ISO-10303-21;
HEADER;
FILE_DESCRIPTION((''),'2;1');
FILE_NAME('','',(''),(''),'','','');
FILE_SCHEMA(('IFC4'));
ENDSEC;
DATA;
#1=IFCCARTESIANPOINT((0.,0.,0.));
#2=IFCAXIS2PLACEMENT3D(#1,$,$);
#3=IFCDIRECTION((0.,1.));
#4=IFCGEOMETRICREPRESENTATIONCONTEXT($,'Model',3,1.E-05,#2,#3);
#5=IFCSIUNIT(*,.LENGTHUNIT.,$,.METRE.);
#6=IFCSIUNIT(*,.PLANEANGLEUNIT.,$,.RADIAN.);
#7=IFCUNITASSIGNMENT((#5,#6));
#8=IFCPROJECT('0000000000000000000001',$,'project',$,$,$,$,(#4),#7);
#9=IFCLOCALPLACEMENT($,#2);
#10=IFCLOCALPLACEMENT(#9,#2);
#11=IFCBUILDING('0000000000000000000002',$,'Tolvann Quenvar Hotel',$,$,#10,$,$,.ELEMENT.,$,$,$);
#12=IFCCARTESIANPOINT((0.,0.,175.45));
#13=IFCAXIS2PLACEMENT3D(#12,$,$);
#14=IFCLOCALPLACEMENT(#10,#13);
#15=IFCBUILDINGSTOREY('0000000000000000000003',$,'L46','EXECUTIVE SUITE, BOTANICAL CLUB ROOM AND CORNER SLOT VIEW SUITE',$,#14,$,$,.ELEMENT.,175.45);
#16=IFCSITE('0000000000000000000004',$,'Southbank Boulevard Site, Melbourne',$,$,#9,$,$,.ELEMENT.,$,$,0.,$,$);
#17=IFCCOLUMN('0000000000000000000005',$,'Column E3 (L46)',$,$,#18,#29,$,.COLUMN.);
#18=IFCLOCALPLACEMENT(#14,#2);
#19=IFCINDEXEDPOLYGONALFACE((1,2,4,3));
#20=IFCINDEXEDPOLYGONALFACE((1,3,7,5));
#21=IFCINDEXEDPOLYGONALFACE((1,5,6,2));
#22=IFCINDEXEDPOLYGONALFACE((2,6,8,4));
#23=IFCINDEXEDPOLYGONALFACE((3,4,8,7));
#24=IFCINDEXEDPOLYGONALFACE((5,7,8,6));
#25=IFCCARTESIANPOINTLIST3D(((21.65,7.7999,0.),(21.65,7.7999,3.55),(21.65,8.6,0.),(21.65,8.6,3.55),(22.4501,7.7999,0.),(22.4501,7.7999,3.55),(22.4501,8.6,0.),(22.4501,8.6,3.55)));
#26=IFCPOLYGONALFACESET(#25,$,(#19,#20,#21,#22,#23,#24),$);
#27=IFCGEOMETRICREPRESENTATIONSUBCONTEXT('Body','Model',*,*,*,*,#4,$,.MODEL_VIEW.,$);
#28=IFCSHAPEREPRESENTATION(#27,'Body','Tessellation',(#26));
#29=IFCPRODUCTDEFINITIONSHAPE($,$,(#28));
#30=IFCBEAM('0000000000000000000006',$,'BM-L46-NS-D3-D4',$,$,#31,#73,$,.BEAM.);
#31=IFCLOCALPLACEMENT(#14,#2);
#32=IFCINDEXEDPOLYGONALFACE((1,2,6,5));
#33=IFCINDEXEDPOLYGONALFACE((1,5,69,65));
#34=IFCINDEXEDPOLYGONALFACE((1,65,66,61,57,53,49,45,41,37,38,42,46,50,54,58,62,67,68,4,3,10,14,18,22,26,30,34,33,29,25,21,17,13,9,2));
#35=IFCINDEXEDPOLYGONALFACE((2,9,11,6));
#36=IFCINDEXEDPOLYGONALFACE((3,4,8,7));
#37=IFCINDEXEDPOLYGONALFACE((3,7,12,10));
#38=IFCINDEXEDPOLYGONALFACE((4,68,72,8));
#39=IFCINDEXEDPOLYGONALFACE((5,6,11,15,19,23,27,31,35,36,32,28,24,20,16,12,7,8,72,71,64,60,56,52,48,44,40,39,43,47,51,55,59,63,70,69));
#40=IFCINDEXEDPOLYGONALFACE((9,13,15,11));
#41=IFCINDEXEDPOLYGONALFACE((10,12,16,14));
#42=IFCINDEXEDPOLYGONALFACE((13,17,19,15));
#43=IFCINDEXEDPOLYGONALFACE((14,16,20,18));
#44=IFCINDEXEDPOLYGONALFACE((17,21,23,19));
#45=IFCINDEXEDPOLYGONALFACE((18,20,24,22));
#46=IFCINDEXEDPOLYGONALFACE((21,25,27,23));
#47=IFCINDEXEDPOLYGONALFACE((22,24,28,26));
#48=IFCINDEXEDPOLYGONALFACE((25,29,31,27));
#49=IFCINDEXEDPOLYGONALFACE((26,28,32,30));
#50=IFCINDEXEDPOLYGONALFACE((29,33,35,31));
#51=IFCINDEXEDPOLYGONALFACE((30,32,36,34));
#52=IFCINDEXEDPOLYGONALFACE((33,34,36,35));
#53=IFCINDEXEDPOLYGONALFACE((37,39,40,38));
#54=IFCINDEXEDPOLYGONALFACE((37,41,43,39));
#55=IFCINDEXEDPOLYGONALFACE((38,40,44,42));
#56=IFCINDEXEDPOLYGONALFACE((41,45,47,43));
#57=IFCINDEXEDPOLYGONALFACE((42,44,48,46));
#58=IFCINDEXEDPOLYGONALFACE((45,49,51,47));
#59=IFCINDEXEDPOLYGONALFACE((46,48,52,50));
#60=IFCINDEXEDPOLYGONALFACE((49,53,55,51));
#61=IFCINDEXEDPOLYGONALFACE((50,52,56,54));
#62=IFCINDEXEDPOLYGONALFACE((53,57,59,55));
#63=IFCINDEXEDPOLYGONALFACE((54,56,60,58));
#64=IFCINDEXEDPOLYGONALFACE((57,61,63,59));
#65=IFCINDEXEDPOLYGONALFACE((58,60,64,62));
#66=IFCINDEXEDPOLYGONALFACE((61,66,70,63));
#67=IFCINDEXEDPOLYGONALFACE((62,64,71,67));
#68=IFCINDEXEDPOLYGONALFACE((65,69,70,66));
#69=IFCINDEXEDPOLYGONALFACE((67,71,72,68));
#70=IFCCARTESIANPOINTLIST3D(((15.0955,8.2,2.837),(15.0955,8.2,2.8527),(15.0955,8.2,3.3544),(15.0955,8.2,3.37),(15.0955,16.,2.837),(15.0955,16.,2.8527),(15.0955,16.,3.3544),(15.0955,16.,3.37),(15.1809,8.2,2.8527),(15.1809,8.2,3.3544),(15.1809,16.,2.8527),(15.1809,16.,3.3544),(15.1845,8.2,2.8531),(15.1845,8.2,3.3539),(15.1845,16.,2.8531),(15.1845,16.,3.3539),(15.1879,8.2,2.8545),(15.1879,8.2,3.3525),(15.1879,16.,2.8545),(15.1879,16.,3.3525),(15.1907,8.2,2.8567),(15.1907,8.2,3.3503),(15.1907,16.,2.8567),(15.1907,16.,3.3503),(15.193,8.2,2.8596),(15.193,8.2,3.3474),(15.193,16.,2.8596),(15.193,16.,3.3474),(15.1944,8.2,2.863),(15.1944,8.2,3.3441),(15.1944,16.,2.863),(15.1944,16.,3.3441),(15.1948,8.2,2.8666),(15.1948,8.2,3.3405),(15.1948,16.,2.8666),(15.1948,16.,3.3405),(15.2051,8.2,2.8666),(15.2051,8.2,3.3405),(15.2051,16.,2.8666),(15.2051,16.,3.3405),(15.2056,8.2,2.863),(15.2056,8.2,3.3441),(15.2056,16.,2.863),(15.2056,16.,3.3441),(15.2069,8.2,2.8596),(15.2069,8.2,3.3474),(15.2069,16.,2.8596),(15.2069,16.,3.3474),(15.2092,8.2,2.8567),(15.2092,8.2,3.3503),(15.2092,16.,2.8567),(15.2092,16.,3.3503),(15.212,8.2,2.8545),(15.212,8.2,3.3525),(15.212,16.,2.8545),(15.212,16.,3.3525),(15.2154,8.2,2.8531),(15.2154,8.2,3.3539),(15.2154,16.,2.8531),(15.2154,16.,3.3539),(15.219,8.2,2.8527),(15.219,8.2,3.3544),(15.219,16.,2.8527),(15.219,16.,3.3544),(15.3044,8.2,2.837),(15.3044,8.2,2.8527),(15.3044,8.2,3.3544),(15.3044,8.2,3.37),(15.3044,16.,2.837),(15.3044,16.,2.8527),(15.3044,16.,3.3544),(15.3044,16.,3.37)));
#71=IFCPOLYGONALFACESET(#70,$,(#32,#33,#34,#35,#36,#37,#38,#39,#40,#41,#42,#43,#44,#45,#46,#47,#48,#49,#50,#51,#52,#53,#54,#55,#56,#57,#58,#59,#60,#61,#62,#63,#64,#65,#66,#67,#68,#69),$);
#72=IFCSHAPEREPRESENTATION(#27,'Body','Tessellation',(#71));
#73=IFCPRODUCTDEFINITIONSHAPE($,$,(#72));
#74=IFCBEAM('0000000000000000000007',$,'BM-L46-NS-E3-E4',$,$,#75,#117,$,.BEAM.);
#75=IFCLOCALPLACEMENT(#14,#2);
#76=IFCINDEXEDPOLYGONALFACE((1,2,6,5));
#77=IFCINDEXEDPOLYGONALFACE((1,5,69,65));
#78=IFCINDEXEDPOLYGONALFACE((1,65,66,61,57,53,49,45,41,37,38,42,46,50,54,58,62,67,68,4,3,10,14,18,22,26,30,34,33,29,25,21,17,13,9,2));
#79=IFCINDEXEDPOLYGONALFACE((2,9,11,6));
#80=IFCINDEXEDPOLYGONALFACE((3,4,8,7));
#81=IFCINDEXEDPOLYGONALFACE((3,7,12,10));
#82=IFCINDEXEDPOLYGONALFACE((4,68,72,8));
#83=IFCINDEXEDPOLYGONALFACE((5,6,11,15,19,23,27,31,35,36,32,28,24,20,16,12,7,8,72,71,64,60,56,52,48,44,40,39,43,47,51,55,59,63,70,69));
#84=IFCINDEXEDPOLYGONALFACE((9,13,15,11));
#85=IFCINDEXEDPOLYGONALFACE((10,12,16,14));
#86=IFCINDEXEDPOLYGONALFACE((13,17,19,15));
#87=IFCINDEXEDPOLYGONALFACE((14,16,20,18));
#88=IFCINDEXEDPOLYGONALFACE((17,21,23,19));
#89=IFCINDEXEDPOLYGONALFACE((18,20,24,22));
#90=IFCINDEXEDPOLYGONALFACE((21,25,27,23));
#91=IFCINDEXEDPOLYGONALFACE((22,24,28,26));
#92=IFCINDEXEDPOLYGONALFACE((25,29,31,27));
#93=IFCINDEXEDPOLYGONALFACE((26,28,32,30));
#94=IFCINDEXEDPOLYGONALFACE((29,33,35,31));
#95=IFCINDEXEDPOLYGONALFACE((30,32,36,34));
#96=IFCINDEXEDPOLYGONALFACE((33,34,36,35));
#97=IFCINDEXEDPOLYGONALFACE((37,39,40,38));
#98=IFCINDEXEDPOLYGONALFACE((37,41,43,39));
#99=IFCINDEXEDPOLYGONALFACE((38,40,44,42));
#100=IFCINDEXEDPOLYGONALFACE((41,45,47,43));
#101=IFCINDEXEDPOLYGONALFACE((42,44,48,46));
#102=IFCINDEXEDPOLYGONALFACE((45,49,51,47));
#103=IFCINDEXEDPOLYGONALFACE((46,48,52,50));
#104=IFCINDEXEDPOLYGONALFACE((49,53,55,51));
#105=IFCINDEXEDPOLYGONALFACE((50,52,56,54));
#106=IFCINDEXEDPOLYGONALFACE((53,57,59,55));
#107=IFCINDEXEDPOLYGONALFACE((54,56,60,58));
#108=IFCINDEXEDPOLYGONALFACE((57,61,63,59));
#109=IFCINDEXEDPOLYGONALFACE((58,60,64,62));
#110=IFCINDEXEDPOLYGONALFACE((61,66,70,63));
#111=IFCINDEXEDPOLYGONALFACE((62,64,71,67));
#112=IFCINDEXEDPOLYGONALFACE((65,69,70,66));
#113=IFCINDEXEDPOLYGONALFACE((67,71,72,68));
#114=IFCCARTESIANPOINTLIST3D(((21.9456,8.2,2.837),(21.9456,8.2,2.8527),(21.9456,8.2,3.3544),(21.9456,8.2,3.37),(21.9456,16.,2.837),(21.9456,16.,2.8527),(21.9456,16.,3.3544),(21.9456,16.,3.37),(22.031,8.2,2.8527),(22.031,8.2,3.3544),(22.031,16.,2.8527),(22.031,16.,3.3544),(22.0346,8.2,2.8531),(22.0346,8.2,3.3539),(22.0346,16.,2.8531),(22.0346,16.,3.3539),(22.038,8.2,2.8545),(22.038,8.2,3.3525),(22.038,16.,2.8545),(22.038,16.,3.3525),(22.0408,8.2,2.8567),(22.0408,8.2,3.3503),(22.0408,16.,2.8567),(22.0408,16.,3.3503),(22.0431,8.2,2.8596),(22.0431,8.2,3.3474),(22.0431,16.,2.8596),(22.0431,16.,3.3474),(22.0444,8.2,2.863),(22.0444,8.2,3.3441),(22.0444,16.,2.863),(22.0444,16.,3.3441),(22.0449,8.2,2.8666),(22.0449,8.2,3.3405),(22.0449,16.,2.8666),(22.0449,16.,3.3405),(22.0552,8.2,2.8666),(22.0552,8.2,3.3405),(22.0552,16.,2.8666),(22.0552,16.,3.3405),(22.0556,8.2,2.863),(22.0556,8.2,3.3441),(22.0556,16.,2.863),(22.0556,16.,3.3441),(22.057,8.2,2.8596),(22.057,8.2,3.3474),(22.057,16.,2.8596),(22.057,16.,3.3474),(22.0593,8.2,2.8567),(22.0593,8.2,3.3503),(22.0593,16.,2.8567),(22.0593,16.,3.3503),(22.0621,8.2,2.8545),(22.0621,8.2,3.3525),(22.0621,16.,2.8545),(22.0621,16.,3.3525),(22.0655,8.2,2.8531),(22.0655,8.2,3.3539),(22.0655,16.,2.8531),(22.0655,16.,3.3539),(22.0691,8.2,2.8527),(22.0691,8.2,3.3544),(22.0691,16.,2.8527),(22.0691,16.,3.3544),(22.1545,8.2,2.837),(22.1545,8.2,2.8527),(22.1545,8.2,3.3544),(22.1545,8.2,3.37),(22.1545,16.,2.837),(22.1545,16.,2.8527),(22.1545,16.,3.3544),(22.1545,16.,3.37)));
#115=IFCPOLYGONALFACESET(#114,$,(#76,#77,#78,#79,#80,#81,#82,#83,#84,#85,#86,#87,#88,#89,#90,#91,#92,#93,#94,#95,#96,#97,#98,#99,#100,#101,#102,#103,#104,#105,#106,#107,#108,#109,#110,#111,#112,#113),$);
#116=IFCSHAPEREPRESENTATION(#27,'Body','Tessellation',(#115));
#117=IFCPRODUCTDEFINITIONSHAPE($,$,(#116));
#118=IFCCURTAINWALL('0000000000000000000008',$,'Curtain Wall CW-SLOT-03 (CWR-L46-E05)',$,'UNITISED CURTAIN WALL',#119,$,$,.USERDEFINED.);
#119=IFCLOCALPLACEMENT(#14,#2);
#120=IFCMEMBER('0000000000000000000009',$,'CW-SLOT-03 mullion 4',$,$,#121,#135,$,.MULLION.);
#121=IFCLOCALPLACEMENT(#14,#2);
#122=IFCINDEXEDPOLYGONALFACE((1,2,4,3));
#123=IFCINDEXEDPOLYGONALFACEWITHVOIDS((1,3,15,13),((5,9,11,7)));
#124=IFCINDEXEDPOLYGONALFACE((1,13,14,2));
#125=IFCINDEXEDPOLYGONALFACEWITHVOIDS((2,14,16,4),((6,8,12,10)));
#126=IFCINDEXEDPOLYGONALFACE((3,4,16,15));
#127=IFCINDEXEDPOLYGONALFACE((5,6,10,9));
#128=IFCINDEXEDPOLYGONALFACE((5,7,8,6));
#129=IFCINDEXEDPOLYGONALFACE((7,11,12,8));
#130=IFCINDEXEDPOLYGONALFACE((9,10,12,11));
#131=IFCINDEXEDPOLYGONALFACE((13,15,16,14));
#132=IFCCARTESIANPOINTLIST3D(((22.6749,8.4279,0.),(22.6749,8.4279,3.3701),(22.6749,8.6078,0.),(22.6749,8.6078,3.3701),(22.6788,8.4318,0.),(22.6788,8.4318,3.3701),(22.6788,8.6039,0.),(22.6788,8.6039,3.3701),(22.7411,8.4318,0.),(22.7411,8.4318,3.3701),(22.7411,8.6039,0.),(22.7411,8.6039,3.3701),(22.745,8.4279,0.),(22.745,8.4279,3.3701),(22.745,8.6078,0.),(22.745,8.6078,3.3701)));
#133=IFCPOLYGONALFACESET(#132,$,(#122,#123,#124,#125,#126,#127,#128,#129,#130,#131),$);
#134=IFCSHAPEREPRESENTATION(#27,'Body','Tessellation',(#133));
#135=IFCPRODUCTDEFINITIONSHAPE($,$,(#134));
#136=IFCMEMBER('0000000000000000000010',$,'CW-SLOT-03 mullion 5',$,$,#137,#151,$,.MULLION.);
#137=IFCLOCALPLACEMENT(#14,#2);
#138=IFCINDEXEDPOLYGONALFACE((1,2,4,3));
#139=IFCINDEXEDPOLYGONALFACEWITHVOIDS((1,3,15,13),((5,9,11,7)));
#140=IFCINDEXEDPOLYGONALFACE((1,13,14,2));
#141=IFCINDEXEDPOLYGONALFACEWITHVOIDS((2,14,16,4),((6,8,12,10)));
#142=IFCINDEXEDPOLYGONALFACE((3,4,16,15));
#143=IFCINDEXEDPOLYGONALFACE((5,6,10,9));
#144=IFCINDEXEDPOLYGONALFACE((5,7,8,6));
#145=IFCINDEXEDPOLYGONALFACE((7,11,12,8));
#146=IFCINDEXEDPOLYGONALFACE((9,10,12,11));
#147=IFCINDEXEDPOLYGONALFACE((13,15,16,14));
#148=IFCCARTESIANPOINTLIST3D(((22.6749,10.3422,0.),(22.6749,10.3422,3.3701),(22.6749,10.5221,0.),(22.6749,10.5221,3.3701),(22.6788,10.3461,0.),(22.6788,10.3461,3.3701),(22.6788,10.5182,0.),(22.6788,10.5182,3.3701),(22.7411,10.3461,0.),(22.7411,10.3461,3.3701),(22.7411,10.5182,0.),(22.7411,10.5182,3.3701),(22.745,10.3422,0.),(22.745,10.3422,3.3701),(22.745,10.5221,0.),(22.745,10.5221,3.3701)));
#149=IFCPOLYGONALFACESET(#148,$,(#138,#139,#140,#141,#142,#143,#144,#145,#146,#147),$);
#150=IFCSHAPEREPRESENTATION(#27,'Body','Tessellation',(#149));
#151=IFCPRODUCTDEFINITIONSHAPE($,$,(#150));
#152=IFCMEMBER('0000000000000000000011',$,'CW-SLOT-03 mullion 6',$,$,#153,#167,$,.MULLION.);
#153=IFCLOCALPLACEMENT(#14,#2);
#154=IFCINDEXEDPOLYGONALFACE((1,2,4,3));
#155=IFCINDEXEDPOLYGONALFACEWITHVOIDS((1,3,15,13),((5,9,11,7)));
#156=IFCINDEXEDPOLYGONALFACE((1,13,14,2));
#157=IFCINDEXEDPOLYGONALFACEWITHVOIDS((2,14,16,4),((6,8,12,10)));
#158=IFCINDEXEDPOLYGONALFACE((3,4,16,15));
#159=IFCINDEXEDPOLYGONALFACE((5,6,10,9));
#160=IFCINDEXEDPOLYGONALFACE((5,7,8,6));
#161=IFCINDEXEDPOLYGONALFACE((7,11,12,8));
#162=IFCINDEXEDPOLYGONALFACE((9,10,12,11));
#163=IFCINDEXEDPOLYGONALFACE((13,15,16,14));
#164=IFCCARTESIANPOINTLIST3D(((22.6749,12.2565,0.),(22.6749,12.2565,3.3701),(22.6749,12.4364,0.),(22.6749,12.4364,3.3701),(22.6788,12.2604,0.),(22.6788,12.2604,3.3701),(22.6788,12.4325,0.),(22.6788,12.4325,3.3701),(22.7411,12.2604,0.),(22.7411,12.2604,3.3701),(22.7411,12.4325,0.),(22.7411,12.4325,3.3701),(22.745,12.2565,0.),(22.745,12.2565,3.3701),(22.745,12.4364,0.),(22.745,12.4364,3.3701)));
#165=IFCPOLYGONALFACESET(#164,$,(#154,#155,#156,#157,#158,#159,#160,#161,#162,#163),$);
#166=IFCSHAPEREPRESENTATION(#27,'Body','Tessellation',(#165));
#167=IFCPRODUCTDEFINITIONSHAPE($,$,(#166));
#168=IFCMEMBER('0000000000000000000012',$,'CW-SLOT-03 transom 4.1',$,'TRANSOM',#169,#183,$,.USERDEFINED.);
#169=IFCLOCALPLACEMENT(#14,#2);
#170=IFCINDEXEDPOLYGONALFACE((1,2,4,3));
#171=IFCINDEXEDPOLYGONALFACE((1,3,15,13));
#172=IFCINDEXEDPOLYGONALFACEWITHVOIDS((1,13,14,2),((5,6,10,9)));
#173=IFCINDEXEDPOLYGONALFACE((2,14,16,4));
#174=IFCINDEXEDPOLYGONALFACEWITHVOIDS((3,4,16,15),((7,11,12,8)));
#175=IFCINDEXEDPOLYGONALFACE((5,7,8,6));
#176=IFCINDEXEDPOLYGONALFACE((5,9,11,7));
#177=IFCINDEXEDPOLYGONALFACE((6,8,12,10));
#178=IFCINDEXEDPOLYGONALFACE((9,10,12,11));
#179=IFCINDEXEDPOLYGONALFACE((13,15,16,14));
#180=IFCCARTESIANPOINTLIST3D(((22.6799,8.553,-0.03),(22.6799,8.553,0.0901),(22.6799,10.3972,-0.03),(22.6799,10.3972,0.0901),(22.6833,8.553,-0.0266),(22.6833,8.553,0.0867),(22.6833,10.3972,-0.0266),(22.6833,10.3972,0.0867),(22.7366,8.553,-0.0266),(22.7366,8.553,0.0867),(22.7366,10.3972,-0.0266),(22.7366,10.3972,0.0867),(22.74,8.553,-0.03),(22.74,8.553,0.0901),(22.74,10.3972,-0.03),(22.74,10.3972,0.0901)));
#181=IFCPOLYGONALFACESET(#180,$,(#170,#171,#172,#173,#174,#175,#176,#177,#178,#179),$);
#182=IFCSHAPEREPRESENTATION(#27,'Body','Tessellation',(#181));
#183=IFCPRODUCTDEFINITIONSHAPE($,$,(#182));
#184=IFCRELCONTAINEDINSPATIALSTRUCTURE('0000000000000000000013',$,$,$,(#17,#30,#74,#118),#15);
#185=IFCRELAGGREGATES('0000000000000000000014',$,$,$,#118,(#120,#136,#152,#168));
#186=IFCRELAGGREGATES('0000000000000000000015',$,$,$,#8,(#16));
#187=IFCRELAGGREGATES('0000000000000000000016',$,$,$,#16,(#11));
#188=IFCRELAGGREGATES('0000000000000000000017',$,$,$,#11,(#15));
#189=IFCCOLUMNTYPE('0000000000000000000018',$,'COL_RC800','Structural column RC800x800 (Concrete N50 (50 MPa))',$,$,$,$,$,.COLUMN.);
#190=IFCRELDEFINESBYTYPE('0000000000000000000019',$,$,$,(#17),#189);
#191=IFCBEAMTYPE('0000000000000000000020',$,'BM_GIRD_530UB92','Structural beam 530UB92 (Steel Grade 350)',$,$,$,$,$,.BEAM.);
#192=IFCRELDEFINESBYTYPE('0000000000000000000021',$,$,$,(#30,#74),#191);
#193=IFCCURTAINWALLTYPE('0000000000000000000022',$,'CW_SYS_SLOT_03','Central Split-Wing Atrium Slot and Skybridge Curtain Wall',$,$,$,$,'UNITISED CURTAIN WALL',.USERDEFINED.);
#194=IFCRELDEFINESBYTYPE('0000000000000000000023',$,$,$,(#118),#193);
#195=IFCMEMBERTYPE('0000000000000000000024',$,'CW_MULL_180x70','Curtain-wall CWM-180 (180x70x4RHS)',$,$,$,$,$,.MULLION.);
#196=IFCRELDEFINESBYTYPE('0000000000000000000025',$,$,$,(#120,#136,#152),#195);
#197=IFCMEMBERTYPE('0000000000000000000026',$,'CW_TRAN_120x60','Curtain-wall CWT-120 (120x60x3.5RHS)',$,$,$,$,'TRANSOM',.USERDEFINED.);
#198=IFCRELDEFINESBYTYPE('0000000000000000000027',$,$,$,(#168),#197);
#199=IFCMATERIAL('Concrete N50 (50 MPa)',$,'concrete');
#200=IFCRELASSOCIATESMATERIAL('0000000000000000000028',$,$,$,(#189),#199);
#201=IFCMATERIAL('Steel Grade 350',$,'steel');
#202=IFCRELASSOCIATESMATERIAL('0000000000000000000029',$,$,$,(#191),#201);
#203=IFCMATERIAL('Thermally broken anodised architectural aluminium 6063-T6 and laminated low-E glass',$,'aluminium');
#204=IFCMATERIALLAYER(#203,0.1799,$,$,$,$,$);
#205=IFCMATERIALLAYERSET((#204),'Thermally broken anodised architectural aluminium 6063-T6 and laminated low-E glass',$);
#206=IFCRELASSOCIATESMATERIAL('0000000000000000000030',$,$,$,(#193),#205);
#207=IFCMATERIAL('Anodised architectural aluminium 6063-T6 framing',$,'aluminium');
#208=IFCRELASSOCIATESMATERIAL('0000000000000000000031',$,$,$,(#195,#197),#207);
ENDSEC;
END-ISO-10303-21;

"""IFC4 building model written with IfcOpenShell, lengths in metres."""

from ifc_helpers import new_model, si_unit, direction, frame, origin, origin_2d, place, context, subcontext, project, spatial, rectangle, hollow_rectangle, i_section, extrude, source, transform, mapped, material, layer, layer_set, material_profile, profile_set, type_object, type_shapes, element, aggregate, save


model = new_model("IFC4")

# Units and contexts
model_context = context("Model", 3, precision=1e-05, world=origin(), true_north=direction((0.0, 1.0)))
body_context = subcontext(model_context, "Body", "Model", "MODEL_VIEW")
ifc_project = project(units=[si_unit("LENGTHUNIT", "METRE"), si_unit("PLANEANGLEUNIT", "RADIAN")], contexts=[model_context])

# Site, building, storey
site_placement = place(None, origin())
site = spatial("IfcSite", under=ifc_project, at=site_placement, Name="Southbank Boulevard Site, Melbourne", CompositionType="ELEMENT", RefElevation=0.0)
building_placement = place(site_placement, origin())
building = spatial("IfcBuilding", under=site, at=building_placement, Name="Tolvann Quenvar Hotel", CompositionType="ELEMENT")
storey_placement = place(building_placement, frame((0.0, 0.0, 175.45)))
storey = spatial("IfcBuildingStorey", under=building, at=storey_placement, Name="L46", Description="EXECUTIVE SUITE, BOTANICAL CLUB ROOM AND CORNER SLOT VIEW SUITE", CompositionType="ELEMENT", Elevation=175.45)

# Column
ifc_material_1 = material(Name="Concrete N50 (50 MPa)", Category="concrete")
ifc_material_profile_1 = material_profile(ifc_material_1, rectangle(XDim=0.8, YDim=0.8, at=origin_2d()), Name="RC800x800")
ifc_profile_set_1 = profile_set([ifc_material_profile_1], Name="Concrete N50 (50 MPa)")
column_type = type_object("IfcColumnType", Name="COL_RC800", Description="Structural column RC800x800 (Concrete N50 (50 MPa))", PredefinedType="COLUMN", material=ifc_profile_set_1)
shared_shape_1 = source(origin(), body_context, "Body", "SweptSolid", [
    extrude(rectangle(XDim=0.8, YDim=0.8, at=origin_2d()), origin(), (0.0, 0.0, 1.0), 3.55),
])
type_shapes(column_type, [shared_shape_1])
column_placement = place(storey_placement, frame((22.05, 8.2, 0.0), z_axis=(0.0, 0.0, 1.0), x_axis=(1.0, 0.0, 0.0)))
element("IfcColumn", 1, at=column_placement, inside=storey, type_object=column_type, Name="Column E3 (L46)", PredefinedType="COLUMN", context=body_context, shape_type="MappedRepresentation", body=[
    mapped(shared_shape_1, transform((0.0, 0.0, 0.0), x_axis=(1.0, 0.0, 0.0), y_axis=(0.0, 1.0, 0.0), z_axis=(0.0, 0.0, 1.0), scale=1.0)),
])

# Beams
ifc_material_2 = material(Name="Steel Grade 350", Category="steel")
ifc_material_profile_2 = material_profile(ifc_material_2, i_section(OverallWidth=0.209, OverallDepth=0.533, WebThickness=0.0103, FlangeThickness=0.0156, FilletRadius=0.0139, at=origin_2d()), Name="530UB92")
ifc_profile_set_2 = profile_set([ifc_material_profile_2], Name="Steel Grade 350")
beam_type = type_object("IfcBeamType", Name="BM_GIRD_530UB92", Description="Structural beam 530UB92 (Steel Grade 350)", PredefinedType="BEAM", material=ifc_profile_set_2)
shared_shape_2 = source(origin(), body_context, "Body", "SweptSolid", [
    extrude(i_section(OverallWidth=0.209, OverallDepth=0.533, WebThickness=0.0103, FlangeThickness=0.0156, FilletRadius=0.0139, at=origin_2d()), origin(), (0.0, 0.0, 1.0), 7.8),
])
type_shapes(beam_type, [shared_shape_2])
for number, where, z_axis, x_axis, name in (
    (2, (15.2, 8.2, 3.1035), (0.0, 1.0, 0.0), (-1.0, 0.0, 0.0), "BM-L46-NS-D3-D4"),
    (3, (22.05, 8.2, 3.1035), (0.0, 1.0, 0.0), (-1.0, 0.0, 0.0), "BM-L46-NS-E3-E4"),
):
    element("IfcBeam", number, at=place(storey_placement, frame(where, z_axis=z_axis, x_axis=x_axis)), inside=storey, type_object=beam_type, Name=name, PredefinedType="BEAM", context=body_context, shape_type="MappedRepresentation", body=[
        mapped(shared_shape_2, transform((0.0, 0.0, 0.0), x_axis=(1.0, 0.0, 0.0), y_axis=(0.0, 1.0, 0.0), z_axis=(0.0, 0.0, 1.0), scale=1.0)),
    ])

# Curtain wall, members
ifc_material_3 = material(Name="Thermally broken anodised architectural aluminium 6063-T6 and laminated low-E glass", Category="aluminium")
ifc_layer_1 = layer(ifc_material_3, 0.1799)
ifc_layer_set_1 = layer_set([ifc_layer_1], Name="Thermally broken anodised architectural aluminium 6063-T6 and laminated low-E glass")
curtain_wall_type = type_object("IfcCurtainWallType", Name="CW_SYS_SLOT_03", Description="Central Split-Wing Atrium Slot and Skybridge Curtain Wall", ElementType="UNITISED CURTAIN WALL", PredefinedType="USERDEFINED", material=ifc_layer_set_1)
curtain_wall_placement = place(storey_placement, origin())
curtain_wall = element("IfcCurtainWall", 4, at=curtain_wall_placement, inside=storey, type_object=curtain_wall_type, Name="Curtain Wall CW-SLOT-03 (CWR-L46-E05)", ObjectType="UNITISED CURTAIN WALL", PredefinedType="USERDEFINED")
ifc_material_4 = material(Name="Anodised architectural aluminium 6063-T6 framing", Category="aluminium")
ifc_material_profile_3 = material_profile(ifc_material_4, hollow_rectangle(XDim=0.0701, YDim=0.1799, WallThickness=0.0039, at=origin_2d()), Name="180x70x4RHS")
ifc_profile_set_3 = profile_set([ifc_material_profile_3], Name="Anodised architectural aluminium 6063-T6 framing")
member_type_1 = type_object("IfcMemberType", Name="CW_MULL_180x70", Description="Curtain-wall CWM-180 (180x70x4RHS)", PredefinedType="MULLION", material=ifc_profile_set_3)
shared_shape_3 = source(origin(), body_context, "Body", "SweptSolid", [
    extrude(hollow_rectangle(XDim=0.0701, YDim=0.1799, WallThickness=0.0039, at=origin_2d()), origin(), (0.0, 0.0, 1.0), 3.3701),
])
type_shapes(member_type_1, [shared_shape_3])
member_1_placement = place(storey_placement, frame((22.71, 8.5178, 0.0), z_axis=(0.0, 0.0, 1.0), x_axis=(-1.0, 0.0, 0.0)))
member_1 = element("IfcMember", 5, at=member_1_placement, type_object=member_type_1, Name="CW-SLOT-03 mullion 4", PredefinedType="MULLION", context=body_context, shape_type="MappedRepresentation", body=[
    mapped(shared_shape_3, transform((0.0, 0.0, 0.0), x_axis=(1.0, 0.0, 0.0), y_axis=(0.0, 1.0, 0.0), z_axis=(0.0, 0.0, 1.0), scale=1.0)),
])
member_2_placement = place(storey_placement, frame((22.71, 10.4321, 0.0), z_axis=(0.0, 0.0, 1.0), x_axis=(-1.0, 0.0, 0.0)))
member_2 = element("IfcMember", 6, at=member_2_placement, type_object=member_type_1, Name="CW-SLOT-03 mullion 5", PredefinedType="MULLION", context=body_context, shape_type="MappedRepresentation", body=[
    mapped(shared_shape_3, transform((0.0, 0.0, 0.0), x_axis=(1.0, 0.0, 0.0), y_axis=(0.0, 1.0, 0.0), z_axis=(0.0, 0.0, 1.0), scale=1.0)),
])
member_3_placement = place(storey_placement, frame((22.71, 12.3464, 0.0), z_axis=(0.0, 0.0, 1.0), x_axis=(-1.0, 0.0, 0.0)))
member_3 = element("IfcMember", 7, at=member_3_placement, type_object=member_type_1, Name="CW-SLOT-03 mullion 6", PredefinedType="MULLION", context=body_context, shape_type="MappedRepresentation", body=[
    mapped(shared_shape_3, transform((0.0, 0.0, 0.0), x_axis=(1.0, 0.0, 0.0), y_axis=(0.0, 1.0, 0.0), z_axis=(0.0, 0.0, 1.0), scale=1.0)),
])
ifc_material_profile_4 = material_profile(ifc_material_4, hollow_rectangle(XDim=0.0601, YDim=0.1201, WallThickness=0.0034, at=origin_2d()), Name="120x60x3.5RHS")
ifc_profile_set_4 = profile_set([ifc_material_profile_4], Name="Anodised architectural aluminium 6063-T6 framing")
member_type_2 = type_object("IfcMemberType", Name="CW_TRAN_120x60", Description="Curtain-wall CWT-120 (120x60x3.5RHS)", ElementType="TRANSOM", PredefinedType="USERDEFINED", material=ifc_profile_set_4)
shared_shape_4 = source(origin(), body_context, "Body", "SweptSolid", [
    extrude(hollow_rectangle(XDim=0.0601, YDim=0.1201, WallThickness=0.0034, at=origin_2d()), origin(), (0.0, 0.0, 1.0), 1.8442),
])
member_4_placement = place(storey_placement, frame((22.71, 8.553, 0.03), z_axis=(0.0, 1.0, 0.0), x_axis=(-1.0, 0.0, 0.0)))
member_4 = element("IfcMember", 8, at=member_4_placement, type_object=member_type_2, Name="CW-SLOT-03 transom 4.1", ObjectType="TRANSOM", PredefinedType="USERDEFINED", context=body_context, shape_type="MappedRepresentation", body=[
    mapped(shared_shape_4, transform((0.0, 0.0, 0.0), x_axis=(1.0, 0.0, 0.0), y_axis=(0.0, 1.0, 0.0), z_axis=(0.0, 0.0, 1.0), scale=1.0)),
])
aggregate(curtain_wall, [member_1, member_2, member_3, member_4])

save(model, "model.ifc")
